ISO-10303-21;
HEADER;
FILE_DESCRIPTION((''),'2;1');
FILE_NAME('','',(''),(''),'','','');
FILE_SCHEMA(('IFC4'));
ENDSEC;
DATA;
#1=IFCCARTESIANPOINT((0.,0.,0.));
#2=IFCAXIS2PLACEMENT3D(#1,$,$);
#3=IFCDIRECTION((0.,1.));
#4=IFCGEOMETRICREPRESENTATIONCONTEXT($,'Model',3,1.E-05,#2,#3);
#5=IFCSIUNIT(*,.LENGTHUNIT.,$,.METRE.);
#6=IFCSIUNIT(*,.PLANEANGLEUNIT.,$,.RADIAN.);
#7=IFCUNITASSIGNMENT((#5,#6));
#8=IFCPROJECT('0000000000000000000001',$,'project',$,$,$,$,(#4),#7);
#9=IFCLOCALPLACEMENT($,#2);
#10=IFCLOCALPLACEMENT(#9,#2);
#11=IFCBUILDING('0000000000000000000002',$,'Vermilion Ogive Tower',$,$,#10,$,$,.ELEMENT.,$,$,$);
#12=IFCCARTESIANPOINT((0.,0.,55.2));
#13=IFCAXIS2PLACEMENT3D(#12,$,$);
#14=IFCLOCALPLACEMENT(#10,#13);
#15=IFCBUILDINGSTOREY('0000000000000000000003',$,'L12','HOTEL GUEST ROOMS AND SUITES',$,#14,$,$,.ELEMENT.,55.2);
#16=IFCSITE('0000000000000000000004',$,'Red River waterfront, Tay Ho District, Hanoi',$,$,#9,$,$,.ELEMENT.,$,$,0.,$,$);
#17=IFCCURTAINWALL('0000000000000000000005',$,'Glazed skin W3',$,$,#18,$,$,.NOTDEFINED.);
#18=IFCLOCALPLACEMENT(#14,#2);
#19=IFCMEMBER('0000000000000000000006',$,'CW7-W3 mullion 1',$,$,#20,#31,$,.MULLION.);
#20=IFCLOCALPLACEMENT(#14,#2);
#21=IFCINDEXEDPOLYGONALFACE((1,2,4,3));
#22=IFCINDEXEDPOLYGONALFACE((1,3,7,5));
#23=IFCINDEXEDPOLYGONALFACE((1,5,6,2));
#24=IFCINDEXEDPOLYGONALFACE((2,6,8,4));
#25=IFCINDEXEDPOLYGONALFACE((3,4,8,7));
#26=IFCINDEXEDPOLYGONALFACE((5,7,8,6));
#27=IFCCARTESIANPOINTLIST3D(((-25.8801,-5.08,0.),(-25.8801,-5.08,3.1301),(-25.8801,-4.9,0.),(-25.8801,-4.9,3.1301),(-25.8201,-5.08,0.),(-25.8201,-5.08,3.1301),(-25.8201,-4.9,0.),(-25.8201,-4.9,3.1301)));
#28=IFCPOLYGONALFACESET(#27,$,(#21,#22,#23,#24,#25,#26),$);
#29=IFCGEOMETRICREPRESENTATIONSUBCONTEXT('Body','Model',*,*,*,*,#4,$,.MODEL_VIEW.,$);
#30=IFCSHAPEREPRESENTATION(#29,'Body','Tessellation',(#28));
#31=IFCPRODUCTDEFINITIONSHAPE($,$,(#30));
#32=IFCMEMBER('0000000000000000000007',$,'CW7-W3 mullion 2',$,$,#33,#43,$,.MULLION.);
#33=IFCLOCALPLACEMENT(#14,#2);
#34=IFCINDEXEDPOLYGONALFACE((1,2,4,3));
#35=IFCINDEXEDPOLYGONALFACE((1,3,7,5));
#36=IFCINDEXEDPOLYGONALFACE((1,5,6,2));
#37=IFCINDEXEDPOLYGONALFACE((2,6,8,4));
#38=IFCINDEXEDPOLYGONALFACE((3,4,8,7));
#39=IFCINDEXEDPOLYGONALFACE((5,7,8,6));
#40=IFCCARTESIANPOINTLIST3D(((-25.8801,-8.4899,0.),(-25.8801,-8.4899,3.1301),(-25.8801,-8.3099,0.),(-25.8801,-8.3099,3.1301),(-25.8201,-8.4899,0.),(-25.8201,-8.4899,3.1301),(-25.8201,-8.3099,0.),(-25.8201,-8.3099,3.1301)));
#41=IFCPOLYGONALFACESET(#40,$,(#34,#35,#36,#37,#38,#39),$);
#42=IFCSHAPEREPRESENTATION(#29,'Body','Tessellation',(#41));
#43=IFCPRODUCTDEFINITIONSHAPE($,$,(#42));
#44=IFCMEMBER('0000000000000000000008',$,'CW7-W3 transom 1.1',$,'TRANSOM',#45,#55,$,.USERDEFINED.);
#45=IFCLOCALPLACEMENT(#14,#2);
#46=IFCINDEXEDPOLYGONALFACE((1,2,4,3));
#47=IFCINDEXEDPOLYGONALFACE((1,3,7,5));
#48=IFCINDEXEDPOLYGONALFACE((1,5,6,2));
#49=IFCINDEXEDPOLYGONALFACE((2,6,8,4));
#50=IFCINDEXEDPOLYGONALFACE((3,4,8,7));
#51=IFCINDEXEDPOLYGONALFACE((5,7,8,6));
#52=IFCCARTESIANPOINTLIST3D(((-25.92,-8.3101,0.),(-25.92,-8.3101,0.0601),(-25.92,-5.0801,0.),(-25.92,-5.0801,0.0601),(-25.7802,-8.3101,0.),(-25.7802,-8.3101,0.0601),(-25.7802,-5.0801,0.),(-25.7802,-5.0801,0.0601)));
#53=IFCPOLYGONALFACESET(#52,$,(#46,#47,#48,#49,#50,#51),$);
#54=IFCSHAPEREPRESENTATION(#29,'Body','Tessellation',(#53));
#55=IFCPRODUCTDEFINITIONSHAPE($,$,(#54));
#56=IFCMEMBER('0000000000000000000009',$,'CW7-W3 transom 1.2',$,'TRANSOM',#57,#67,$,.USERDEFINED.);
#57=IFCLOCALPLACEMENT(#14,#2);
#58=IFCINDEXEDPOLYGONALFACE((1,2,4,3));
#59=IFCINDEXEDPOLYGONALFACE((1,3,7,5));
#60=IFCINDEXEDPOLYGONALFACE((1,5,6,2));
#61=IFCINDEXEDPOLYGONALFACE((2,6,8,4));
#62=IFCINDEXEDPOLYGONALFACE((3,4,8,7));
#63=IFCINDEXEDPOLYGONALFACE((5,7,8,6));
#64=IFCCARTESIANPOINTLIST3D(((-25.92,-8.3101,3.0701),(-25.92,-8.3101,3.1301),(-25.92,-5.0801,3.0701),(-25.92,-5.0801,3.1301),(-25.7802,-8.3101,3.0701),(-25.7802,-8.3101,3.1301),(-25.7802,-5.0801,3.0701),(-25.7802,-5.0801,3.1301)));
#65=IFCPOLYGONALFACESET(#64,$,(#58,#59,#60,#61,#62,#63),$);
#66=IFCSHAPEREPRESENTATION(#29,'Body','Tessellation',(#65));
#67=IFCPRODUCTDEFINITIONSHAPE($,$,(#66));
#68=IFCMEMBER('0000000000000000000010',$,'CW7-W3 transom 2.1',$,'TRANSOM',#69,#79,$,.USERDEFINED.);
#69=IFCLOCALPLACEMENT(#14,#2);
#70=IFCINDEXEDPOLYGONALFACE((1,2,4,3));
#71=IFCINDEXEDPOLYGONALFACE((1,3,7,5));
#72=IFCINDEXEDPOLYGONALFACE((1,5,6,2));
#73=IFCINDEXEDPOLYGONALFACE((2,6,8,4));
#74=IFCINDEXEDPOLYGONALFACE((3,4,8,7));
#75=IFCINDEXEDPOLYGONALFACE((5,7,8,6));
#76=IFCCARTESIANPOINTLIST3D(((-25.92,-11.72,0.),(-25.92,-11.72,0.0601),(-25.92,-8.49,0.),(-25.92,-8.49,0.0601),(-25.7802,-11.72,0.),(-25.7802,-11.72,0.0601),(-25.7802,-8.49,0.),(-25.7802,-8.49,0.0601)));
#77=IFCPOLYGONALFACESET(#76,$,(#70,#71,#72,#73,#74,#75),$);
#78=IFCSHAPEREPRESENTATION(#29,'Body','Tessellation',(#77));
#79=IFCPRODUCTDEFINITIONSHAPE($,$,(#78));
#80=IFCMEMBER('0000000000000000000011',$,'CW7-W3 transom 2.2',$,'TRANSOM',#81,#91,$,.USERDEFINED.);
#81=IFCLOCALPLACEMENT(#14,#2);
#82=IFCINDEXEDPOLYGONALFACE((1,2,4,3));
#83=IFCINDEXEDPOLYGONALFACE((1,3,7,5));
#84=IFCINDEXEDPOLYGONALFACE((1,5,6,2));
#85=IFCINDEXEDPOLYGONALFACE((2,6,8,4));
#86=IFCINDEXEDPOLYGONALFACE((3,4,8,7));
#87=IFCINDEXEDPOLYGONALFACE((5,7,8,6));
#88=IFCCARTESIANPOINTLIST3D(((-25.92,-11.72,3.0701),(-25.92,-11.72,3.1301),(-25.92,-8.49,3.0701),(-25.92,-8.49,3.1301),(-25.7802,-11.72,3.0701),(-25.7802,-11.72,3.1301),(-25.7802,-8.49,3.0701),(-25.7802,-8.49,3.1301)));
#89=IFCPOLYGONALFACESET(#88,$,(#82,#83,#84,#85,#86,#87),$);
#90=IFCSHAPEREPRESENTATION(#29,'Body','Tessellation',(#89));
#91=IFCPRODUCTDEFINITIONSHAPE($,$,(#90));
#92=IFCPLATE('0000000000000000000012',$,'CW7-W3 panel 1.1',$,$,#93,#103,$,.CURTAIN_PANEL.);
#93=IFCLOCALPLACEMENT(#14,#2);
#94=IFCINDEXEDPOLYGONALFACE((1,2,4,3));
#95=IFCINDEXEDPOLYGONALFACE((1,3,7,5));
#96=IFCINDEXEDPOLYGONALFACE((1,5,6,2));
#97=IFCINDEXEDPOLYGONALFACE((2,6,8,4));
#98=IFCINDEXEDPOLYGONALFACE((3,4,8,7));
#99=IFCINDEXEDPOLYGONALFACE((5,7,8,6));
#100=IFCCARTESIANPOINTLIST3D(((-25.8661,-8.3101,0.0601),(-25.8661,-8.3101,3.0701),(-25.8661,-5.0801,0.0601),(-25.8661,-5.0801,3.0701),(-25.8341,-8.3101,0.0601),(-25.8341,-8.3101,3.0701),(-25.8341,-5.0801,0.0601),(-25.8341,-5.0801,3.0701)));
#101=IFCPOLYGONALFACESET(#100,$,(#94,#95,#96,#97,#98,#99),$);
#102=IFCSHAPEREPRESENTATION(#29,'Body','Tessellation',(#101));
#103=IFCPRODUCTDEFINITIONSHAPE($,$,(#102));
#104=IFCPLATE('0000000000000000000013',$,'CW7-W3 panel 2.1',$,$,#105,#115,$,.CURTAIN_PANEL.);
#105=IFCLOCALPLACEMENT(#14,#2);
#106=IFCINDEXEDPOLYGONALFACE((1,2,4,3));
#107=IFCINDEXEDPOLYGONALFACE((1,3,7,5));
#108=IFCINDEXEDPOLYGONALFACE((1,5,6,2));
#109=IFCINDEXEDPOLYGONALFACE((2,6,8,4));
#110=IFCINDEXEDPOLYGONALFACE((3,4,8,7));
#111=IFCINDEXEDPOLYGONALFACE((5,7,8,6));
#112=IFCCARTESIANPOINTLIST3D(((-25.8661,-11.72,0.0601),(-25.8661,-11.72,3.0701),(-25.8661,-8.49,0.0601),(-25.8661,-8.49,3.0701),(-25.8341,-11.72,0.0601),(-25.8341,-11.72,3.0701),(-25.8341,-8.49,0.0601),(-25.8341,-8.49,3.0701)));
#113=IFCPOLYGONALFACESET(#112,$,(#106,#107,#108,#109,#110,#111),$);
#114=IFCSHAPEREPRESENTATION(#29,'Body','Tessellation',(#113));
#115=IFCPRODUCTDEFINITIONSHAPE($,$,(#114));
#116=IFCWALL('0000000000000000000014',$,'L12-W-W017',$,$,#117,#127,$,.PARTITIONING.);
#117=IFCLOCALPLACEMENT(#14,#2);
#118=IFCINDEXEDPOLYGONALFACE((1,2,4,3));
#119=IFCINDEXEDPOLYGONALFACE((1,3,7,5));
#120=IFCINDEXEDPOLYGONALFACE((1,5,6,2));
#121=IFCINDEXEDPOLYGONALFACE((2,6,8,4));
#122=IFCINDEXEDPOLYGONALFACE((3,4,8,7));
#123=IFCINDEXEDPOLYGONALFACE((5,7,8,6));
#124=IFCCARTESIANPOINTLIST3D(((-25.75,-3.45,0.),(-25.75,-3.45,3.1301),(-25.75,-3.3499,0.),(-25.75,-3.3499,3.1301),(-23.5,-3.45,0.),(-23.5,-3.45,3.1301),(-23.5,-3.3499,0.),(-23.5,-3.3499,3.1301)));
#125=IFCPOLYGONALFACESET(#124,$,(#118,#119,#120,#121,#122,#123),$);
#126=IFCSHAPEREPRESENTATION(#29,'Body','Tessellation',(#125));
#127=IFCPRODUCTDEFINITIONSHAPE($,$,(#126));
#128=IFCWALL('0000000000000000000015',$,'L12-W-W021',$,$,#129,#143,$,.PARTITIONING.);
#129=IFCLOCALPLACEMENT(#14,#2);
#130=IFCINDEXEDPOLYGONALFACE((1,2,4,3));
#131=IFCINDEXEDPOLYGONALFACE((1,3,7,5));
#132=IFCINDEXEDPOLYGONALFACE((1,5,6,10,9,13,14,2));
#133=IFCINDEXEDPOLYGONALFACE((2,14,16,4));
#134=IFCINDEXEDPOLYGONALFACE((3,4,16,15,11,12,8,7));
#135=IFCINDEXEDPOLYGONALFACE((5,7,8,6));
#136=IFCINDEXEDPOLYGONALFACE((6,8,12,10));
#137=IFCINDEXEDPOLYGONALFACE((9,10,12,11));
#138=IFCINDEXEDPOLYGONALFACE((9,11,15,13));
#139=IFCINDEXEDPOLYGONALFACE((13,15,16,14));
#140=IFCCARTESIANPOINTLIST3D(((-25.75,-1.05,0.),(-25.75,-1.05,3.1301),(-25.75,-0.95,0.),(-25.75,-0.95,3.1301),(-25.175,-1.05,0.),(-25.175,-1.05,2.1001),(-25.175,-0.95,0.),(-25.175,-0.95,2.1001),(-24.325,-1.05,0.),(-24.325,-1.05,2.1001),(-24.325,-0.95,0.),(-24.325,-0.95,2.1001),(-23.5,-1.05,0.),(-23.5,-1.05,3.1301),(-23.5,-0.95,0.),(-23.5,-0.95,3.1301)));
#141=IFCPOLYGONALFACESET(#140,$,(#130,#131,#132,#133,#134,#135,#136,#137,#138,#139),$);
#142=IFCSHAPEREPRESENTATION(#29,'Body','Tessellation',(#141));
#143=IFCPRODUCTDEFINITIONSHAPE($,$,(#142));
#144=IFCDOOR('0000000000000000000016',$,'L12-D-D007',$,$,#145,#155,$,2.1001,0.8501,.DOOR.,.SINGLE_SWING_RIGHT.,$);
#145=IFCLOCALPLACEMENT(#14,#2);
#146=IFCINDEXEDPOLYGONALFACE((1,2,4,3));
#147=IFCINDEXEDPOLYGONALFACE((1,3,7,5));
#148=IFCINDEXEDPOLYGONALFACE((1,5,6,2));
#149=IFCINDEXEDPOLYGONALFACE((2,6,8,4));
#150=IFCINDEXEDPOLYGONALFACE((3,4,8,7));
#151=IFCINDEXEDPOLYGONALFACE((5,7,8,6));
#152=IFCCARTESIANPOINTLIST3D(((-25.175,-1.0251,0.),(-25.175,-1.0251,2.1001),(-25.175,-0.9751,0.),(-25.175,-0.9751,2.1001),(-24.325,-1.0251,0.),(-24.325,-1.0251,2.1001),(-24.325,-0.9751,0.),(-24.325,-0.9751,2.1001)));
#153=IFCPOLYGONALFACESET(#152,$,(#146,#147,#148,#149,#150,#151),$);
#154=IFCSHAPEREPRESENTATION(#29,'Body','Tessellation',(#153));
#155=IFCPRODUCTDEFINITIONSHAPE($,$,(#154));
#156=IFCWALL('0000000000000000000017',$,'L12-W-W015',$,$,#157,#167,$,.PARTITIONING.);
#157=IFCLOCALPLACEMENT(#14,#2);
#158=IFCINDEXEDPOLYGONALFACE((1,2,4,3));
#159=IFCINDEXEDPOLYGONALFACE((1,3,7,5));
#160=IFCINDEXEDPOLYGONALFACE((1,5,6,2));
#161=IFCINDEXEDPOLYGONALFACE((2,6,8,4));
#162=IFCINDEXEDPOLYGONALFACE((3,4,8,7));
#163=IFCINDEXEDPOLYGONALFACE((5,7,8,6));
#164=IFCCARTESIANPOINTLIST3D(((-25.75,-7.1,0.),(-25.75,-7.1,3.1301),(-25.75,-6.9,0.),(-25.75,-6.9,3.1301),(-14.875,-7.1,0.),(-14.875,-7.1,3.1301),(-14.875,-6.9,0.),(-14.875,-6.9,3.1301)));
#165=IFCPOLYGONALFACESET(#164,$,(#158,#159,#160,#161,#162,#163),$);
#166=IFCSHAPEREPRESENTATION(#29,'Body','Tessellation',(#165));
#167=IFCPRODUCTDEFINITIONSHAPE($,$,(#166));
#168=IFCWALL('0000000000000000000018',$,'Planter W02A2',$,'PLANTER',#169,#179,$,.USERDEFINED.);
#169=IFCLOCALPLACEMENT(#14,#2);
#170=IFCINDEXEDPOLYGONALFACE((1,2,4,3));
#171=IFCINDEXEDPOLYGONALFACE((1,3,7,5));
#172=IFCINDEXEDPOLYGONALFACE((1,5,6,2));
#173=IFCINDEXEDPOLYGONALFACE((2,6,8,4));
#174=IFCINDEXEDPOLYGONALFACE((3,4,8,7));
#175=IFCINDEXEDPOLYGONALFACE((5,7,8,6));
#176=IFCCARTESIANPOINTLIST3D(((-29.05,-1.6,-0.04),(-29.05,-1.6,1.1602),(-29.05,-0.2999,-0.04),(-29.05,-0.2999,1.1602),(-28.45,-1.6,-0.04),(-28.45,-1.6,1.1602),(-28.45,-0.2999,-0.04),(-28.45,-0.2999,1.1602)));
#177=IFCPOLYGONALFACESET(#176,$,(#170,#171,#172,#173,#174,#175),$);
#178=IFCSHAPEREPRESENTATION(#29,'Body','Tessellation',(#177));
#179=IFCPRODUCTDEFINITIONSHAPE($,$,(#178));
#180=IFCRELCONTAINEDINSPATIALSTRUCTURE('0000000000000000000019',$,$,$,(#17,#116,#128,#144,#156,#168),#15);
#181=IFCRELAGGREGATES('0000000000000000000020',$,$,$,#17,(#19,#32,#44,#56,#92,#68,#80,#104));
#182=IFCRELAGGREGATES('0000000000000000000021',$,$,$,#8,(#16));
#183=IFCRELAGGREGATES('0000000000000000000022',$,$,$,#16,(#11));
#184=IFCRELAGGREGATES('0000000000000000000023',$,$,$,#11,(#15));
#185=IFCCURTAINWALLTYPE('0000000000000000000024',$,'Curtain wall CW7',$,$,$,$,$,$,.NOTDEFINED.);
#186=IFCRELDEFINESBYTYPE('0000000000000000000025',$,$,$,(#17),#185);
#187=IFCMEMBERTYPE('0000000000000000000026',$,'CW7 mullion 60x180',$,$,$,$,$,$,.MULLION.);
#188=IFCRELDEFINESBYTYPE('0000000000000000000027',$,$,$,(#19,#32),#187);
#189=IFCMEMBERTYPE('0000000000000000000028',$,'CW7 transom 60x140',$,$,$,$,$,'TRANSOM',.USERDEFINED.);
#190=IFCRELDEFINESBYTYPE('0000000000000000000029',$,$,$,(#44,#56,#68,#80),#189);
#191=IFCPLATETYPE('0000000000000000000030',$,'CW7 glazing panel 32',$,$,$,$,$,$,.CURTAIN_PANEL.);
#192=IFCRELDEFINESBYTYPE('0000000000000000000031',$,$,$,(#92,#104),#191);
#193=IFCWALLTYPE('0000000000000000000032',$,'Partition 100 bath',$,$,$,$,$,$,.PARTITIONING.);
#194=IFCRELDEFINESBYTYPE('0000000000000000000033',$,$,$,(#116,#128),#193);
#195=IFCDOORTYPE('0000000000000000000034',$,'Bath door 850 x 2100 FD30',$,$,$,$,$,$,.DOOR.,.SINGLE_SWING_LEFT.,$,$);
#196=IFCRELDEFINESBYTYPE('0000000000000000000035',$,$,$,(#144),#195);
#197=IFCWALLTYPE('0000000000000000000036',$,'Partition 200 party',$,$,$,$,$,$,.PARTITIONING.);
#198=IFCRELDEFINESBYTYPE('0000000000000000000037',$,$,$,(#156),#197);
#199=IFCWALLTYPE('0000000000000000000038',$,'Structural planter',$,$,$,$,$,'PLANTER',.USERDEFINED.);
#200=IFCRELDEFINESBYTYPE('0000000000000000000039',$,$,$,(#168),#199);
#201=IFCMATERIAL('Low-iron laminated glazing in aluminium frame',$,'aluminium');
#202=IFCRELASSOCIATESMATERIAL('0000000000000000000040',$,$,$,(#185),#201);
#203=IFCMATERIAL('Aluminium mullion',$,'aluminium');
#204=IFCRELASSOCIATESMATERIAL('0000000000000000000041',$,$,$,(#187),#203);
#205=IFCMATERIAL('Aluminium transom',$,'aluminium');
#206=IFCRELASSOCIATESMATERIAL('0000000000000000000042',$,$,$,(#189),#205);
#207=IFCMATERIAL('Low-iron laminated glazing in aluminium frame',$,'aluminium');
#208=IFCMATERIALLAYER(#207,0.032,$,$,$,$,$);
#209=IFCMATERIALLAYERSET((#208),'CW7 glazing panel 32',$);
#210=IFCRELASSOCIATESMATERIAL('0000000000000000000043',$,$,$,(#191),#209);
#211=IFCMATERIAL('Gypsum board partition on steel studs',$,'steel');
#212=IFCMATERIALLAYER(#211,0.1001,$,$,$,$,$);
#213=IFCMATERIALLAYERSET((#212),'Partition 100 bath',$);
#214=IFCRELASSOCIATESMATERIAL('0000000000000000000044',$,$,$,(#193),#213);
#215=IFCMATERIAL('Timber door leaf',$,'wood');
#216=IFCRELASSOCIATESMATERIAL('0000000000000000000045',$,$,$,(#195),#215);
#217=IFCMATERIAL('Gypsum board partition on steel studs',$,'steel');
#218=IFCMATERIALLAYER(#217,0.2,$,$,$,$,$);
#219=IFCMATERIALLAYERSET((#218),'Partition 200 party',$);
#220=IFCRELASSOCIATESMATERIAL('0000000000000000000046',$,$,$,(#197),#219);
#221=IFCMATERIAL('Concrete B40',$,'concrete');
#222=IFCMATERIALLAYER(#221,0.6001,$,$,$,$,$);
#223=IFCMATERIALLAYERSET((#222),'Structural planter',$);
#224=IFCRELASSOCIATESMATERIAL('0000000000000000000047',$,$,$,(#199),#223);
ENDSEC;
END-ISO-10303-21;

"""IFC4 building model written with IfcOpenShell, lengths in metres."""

from ifc_helpers import new_model, si_unit, direction, frame, frame_2d, origin, origin_2d, place, context, subcontext, project, spatial, rectangle, extrude, material, layer, layer_set, material_profile, profile_set, type_object, element, fill, aggregate, save


model = new_model("IFC4")

# Units and contexts
model_context = context("Model", 3, precision=1e-05, world=origin(), true_north=direction((0.0, 1.0)))
body_context = subcontext(model_context, "Body", "Model", "MODEL_VIEW")
ifc_project = project(units=[si_unit("LENGTHUNIT", "METRE"), si_unit("PLANEANGLEUNIT", "RADIAN")], contexts=[model_context])

# Site, building, storey
site_placement = place(None, origin())
site = spatial("IfcSite", under=ifc_project, at=site_placement, Name="Red River waterfront, Tay Ho District, Hanoi", CompositionType="ELEMENT", RefElevation=0.0)
building_placement = place(site_placement, origin())
building = spatial("IfcBuilding", under=site, at=building_placement, Name="Vermilion Ogive Tower", CompositionType="ELEMENT")
storey_placement = place(building_placement, frame((0.0, 0.0, 55.2)))
storey = spatial("IfcBuildingStorey", under=building, at=storey_placement, Name="L12", Description="HOTEL GUEST ROOMS AND SUITES", CompositionType="ELEMENT", Elevation=55.2)

# Curtain wall, members, plates
ifc_material_1 = material(Name="Low-iron laminated glazing in aluminium frame", Category="aluminium")
curtain_wall_type = type_object("IfcCurtainWallType", Name="Curtain wall CW7", PredefinedType="NOTDEFINED", material=ifc_material_1)
curtain_wall_placement = place(storey_placement, origin())
curtain_wall = element("IfcCurtainWall", 1, at=curtain_wall_placement, inside=storey, type_object=curtain_wall_type, Name="Glazed skin W3", PredefinedType="NOTDEFINED")
ifc_material_2 = material(Name="Aluminium mullion", Category="aluminium")
ifc_material_profile_1 = material_profile(ifc_material_2, rectangle(XDim=0.0601, YDim=0.1799, at=origin_2d()), Name="AL 60x180")
ifc_profile_set_1 = profile_set([ifc_material_profile_1], Name="Aluminium mullion")
member_type_1 = type_object("IfcMemberType", Name="CW7 mullion 60x180", PredefinedType="MULLION", material=ifc_profile_set_1)
member_1_placement = place(storey_placement, frame((-25.8501, -4.99, 0.0), z_axis=(0.0, 0.0, 1.0), x_axis=(1.0, 0.0, 0.0)))
member_1 = element("IfcMember", 2, at=member_1_placement, type_object=member_type_1, Name="CW7-W3 mullion 1", PredefinedType="MULLION", context=body_context, shape_type="SweptSolid", body=[
    extrude(rectangle(XDim=0.0601, YDim=0.1799, at=origin_2d()), origin(), (0.0, 0.0, 1.0), 3.1301),
])
member_2_placement = place(storey_placement, frame((-25.8501, -8.3999, 0.0), z_axis=(0.0, 0.0, 1.0), x_axis=(1.0, 0.0, 0.0)))
member_2 = element("IfcMember", 3, at=member_2_placement, type_object=member_type_1, Name="CW7-W3 mullion 2", PredefinedType="MULLION", context=body_context, shape_type="SweptSolid", body=[
    extrude(rectangle(XDim=0.0601, YDim=0.1799, at=origin_2d()), origin(), (0.0, 0.0, 1.0), 3.1301),
])
ifc_material_3 = material(Name="Aluminium transom", Category="aluminium")
ifc_material_profile_2 = material_profile(ifc_material_3, rectangle(XDim=0.1399, YDim=0.0601, at=origin_2d()), Name="AL 60x140")
ifc_profile_set_2 = profile_set([ifc_material_profile_2], Name="Aluminium transom")
member_type_2 = type_object("IfcMemberType", Name="CW7 transom 60x140", ElementType="TRANSOM", PredefinedType="USERDEFINED", material=ifc_profile_set_2)
member_3_placement = place(storey_placement, frame((-25.8501, -5.0801, 0.03), z_axis=(0.0, -1.0, 0.0), x_axis=(1.0, 0.0, 0.0)))
member_3 = element("IfcMember", 4, at=member_3_placement, type_object=member_type_2, Name="CW7-W3 transom 1.1", ObjectType="TRANSOM", PredefinedType="USERDEFINED", context=body_context, shape_type="SweptSolid", body=[
    extrude(rectangle(XDim=0.1399, YDim=0.0601, at=origin_2d()), origin(), (0.0, 0.0, 1.0), 3.23),
])
member_4_placement = place(storey_placement, frame((-25.8501, -5.0801, 3.1001), z_axis=(0.0, -1.0, 0.0), x_axis=(1.0, 0.0, 0.0)))
member_4 = element("IfcMember", 5, at=member_4_placement, type_object=member_type_2, Name="CW7-W3 transom 1.2", ObjectType="TRANSOM", PredefinedType="USERDEFINED", context=body_context, shape_type="SweptSolid", body=[
    extrude(rectangle(XDim=0.1399, YDim=0.0601, at=origin_2d()), origin(), (0.0, 0.0, 1.0), 3.23),
])
member_5_placement = place(storey_placement, frame((-25.8501, -8.49, 0.03), z_axis=(0.0, -1.0, 0.0), x_axis=(1.0, 0.0, 0.0)))
member_5 = element("IfcMember", 6, at=member_5_placement, type_object=member_type_2, Name="CW7-W3 transom 2.1", ObjectType="TRANSOM", PredefinedType="USERDEFINED", context=body_context, shape_type="SweptSolid", body=[
    extrude(rectangle(XDim=0.1399, YDim=0.0601, at=origin_2d()), origin(), (0.0, 0.0, 1.0), 3.23),
])
member_6_placement = place(storey_placement, frame((-25.8501, -8.49, 3.1001), z_axis=(0.0, -1.0, 0.0), x_axis=(1.0, 0.0, 0.0)))
member_6 = element("IfcMember", 7, at=member_6_placement, type_object=member_type_2, Name="CW7-W3 transom 2.2", ObjectType="TRANSOM", PredefinedType="USERDEFINED", context=body_context, shape_type="SweptSolid", body=[
    extrude(rectangle(XDim=0.1399, YDim=0.0601, at=origin_2d()), origin(), (0.0, 0.0, 1.0), 3.23),
])
ifc_material_4 = material(Name="Low-iron laminated glazing in aluminium frame", Category="aluminium")
ifc_layer_1 = layer(ifc_material_4, 0.032)
ifc_layer_set_1 = layer_set([ifc_layer_1], Name="CW7 glazing panel 32")
plate_type = type_object("IfcPlateType", Name="CW7 glazing panel 32", PredefinedType="CURTAIN_PANEL", material=ifc_layer_set_1)
plate_1_placement = place(storey_placement, frame((-25.8501, -6.6951, 0.0601), z_axis=(0.0, 0.0, 1.0), x_axis=(0.0, -1.0, 0.0)))
plate_1 = element("IfcPlate", 8, at=plate_1_placement, type_object=plate_type, Name="CW7-W3 panel 1.1", PredefinedType="CURTAIN_PANEL", context=body_context, shape_type="SweptSolid", body=[
    extrude(rectangle(XDim=3.23, YDim=0.032, at=origin_2d()), origin(), (0.0, 0.0, 1.0), 3.01),
])
plate_2_placement = place(storey_placement, frame((-25.8501, -10.105, 0.0601), z_axis=(0.0, 0.0, 1.0), x_axis=(0.0, -1.0, 0.0)))
plate_2 = element("IfcPlate", 9, at=plate_2_placement, type_object=plate_type, Name="CW7-W3 panel 2.1", PredefinedType="CURTAIN_PANEL", context=body_context, shape_type="SweptSolid", body=[
    extrude(rectangle(XDim=3.23, YDim=0.032, at=origin_2d()), origin(), (0.0, 0.0, 1.0), 3.01),
])
aggregate(curtain_wall, [member_1, member_2, member_3, member_4, plate_1, member_5, member_6, plate_2])

# Wall
ifc_material_5 = material(Name="Gypsum board partition on steel studs", Category="steel")
ifc_layer_2 = layer(ifc_material_5, 0.1001)
ifc_layer_set_2 = layer_set([ifc_layer_2], Name="Partition 100 bath")
wall_type_1 = type_object("IfcWallType", Name="Partition 100 bath", PredefinedType="PARTITIONING", material=ifc_layer_set_2)
wall_1_placement = place(storey_placement, frame((-25.75, -3.3999, 0.0), z_axis=(0.0, 0.0, 1.0), x_axis=(1.0, 0.0, 0.0)))
element("IfcWall", 10, at=wall_1_placement, inside=storey, type_object=wall_type_1, Name="L12-W-W017", PredefinedType="PARTITIONING", context=body_context, shape_type="SweptSolid", body=[
    extrude(rectangle(XDim=2.25, YDim=0.1001, at=frame_2d((1.125, 0.0))), origin(), (0.0, 0.0, 1.0), 3.1301),
])

# Wall, opening, door
wall_2_placement = place(storey_placement, frame((-25.75, -1.0, 0.0), z_axis=(0.0, 0.0, 1.0), x_axis=(1.0, 0.0, 0.0)))
wall_2 = element("IfcWall", 11, at=wall_2_placement, inside=storey, type_object=wall_type_1, Name="L12-W-W021", PredefinedType="PARTITIONING", context=body_context, shape_type="SweptSolid", body=[
    extrude(rectangle(XDim=2.25, YDim=0.1001, at=frame_2d((1.125, 0.0))), origin(), (0.0, 0.0, 1.0), 3.1301),
])
opening_placement = place(wall_2_placement, frame((0.575, 0.0, 0.0)))
opening = element("IfcOpeningElement", 12, at=opening_placement, cuts=wall_2, PredefinedType="OPENING", context=body_context, shape_type="SweptSolid", body=[
    extrude(rectangle(XDim=0.8501, YDim=2.1001, at=frame_2d((0.425, 1.05))), frame((0.0, 0.0601, 0.0), z_axis=(0.0, -1.0, 0.0), x_axis=(1.0, 0.0, 0.0)), (0.0, 0.0, 1.0), 0.1201),
])
ifc_material_6 = material(Name="Timber door leaf", Category="wood")
door_type = type_object("IfcDoorType", Name="Bath door 850 x 2100 FD30", OperationType="SINGLE_SWING_LEFT", PredefinedType="DOOR", material=ifc_material_6)
door_placement = place(opening_placement, origin())
door = element("IfcDoor", 13, at=door_placement, inside=storey, type_object=door_type, Name="L12-D-D007", OperationType="SINGLE_SWING_RIGHT", OverallHeight=2.1001, OverallWidth=0.8501, PredefinedType="DOOR", context=body_context, shape_type="SweptSolid", body=[
    extrude(rectangle(XDim=0.8501, YDim=2.1001, at=frame_2d((0.425, 1.05))), frame((0.0, 0.0249, 0.0), z_axis=(0.0, -1.0, 0.0), x_axis=(1.0, 0.0, 0.0)), (0.0, 0.0, 1.0), 0.05),
])
fill(opening, door)

# Walls
ifc_material_7 = material(Name="Gypsum board partition on steel studs", Category="steel")
ifc_layer_3 = layer(ifc_material_7, 0.2)
ifc_layer_set_3 = layer_set([ifc_layer_3], Name="Partition 200 party")
wall_type_2 = type_object("IfcWallType", Name="Partition 200 party", PredefinedType="PARTITIONING", material=ifc_layer_set_3)
wall_3_placement = place(storey_placement, frame((-25.75, -7.0, 0.0), z_axis=(0.0, 0.0, 1.0), x_axis=(1.0, 0.0, 0.0)))
element("IfcWall", 14, at=wall_3_placement, inside=storey, type_object=wall_type_2, Name="L12-W-W015", PredefinedType="PARTITIONING", context=body_context, shape_type="SweptSolid", body=[
    extrude(rectangle(XDim=10.875, YDim=0.2, at=frame_2d((5.4375, 0.0))), origin(), (0.0, 0.0, 1.0), 3.1301),
])
ifc_material_8 = material(Name="Concrete B40", Category="concrete")
ifc_layer_4 = layer(ifc_material_8, 0.6001)
ifc_layer_set_4 = layer_set([ifc_layer_4], Name="Structural planter")
wall_type_3 = type_object("IfcWallType", Name="Structural planter", ElementType="PLANTER", PredefinedType="USERDEFINED", material=ifc_layer_set_4)
wall_4_placement = place(storey_placement, frame((-28.75, -0.3, -0.04), z_axis=(0.0, 0.0, 1.0), x_axis=(0.0, -1.0, 0.0)))
element("IfcWall", 15, at=wall_4_placement, inside=storey, type_object=wall_type_3, Name="Planter W02A2", ObjectType="PLANTER", PredefinedType="USERDEFINED", context=body_context, shape_type="SweptSolid", body=[
    extrude(rectangle(XDim=1.3, YDim=0.6001, at=frame_2d((0.6499, 0.0))), origin(), (0.0, 0.0, 1.0), 1.2002),
])

save(model, "model.ifc")
